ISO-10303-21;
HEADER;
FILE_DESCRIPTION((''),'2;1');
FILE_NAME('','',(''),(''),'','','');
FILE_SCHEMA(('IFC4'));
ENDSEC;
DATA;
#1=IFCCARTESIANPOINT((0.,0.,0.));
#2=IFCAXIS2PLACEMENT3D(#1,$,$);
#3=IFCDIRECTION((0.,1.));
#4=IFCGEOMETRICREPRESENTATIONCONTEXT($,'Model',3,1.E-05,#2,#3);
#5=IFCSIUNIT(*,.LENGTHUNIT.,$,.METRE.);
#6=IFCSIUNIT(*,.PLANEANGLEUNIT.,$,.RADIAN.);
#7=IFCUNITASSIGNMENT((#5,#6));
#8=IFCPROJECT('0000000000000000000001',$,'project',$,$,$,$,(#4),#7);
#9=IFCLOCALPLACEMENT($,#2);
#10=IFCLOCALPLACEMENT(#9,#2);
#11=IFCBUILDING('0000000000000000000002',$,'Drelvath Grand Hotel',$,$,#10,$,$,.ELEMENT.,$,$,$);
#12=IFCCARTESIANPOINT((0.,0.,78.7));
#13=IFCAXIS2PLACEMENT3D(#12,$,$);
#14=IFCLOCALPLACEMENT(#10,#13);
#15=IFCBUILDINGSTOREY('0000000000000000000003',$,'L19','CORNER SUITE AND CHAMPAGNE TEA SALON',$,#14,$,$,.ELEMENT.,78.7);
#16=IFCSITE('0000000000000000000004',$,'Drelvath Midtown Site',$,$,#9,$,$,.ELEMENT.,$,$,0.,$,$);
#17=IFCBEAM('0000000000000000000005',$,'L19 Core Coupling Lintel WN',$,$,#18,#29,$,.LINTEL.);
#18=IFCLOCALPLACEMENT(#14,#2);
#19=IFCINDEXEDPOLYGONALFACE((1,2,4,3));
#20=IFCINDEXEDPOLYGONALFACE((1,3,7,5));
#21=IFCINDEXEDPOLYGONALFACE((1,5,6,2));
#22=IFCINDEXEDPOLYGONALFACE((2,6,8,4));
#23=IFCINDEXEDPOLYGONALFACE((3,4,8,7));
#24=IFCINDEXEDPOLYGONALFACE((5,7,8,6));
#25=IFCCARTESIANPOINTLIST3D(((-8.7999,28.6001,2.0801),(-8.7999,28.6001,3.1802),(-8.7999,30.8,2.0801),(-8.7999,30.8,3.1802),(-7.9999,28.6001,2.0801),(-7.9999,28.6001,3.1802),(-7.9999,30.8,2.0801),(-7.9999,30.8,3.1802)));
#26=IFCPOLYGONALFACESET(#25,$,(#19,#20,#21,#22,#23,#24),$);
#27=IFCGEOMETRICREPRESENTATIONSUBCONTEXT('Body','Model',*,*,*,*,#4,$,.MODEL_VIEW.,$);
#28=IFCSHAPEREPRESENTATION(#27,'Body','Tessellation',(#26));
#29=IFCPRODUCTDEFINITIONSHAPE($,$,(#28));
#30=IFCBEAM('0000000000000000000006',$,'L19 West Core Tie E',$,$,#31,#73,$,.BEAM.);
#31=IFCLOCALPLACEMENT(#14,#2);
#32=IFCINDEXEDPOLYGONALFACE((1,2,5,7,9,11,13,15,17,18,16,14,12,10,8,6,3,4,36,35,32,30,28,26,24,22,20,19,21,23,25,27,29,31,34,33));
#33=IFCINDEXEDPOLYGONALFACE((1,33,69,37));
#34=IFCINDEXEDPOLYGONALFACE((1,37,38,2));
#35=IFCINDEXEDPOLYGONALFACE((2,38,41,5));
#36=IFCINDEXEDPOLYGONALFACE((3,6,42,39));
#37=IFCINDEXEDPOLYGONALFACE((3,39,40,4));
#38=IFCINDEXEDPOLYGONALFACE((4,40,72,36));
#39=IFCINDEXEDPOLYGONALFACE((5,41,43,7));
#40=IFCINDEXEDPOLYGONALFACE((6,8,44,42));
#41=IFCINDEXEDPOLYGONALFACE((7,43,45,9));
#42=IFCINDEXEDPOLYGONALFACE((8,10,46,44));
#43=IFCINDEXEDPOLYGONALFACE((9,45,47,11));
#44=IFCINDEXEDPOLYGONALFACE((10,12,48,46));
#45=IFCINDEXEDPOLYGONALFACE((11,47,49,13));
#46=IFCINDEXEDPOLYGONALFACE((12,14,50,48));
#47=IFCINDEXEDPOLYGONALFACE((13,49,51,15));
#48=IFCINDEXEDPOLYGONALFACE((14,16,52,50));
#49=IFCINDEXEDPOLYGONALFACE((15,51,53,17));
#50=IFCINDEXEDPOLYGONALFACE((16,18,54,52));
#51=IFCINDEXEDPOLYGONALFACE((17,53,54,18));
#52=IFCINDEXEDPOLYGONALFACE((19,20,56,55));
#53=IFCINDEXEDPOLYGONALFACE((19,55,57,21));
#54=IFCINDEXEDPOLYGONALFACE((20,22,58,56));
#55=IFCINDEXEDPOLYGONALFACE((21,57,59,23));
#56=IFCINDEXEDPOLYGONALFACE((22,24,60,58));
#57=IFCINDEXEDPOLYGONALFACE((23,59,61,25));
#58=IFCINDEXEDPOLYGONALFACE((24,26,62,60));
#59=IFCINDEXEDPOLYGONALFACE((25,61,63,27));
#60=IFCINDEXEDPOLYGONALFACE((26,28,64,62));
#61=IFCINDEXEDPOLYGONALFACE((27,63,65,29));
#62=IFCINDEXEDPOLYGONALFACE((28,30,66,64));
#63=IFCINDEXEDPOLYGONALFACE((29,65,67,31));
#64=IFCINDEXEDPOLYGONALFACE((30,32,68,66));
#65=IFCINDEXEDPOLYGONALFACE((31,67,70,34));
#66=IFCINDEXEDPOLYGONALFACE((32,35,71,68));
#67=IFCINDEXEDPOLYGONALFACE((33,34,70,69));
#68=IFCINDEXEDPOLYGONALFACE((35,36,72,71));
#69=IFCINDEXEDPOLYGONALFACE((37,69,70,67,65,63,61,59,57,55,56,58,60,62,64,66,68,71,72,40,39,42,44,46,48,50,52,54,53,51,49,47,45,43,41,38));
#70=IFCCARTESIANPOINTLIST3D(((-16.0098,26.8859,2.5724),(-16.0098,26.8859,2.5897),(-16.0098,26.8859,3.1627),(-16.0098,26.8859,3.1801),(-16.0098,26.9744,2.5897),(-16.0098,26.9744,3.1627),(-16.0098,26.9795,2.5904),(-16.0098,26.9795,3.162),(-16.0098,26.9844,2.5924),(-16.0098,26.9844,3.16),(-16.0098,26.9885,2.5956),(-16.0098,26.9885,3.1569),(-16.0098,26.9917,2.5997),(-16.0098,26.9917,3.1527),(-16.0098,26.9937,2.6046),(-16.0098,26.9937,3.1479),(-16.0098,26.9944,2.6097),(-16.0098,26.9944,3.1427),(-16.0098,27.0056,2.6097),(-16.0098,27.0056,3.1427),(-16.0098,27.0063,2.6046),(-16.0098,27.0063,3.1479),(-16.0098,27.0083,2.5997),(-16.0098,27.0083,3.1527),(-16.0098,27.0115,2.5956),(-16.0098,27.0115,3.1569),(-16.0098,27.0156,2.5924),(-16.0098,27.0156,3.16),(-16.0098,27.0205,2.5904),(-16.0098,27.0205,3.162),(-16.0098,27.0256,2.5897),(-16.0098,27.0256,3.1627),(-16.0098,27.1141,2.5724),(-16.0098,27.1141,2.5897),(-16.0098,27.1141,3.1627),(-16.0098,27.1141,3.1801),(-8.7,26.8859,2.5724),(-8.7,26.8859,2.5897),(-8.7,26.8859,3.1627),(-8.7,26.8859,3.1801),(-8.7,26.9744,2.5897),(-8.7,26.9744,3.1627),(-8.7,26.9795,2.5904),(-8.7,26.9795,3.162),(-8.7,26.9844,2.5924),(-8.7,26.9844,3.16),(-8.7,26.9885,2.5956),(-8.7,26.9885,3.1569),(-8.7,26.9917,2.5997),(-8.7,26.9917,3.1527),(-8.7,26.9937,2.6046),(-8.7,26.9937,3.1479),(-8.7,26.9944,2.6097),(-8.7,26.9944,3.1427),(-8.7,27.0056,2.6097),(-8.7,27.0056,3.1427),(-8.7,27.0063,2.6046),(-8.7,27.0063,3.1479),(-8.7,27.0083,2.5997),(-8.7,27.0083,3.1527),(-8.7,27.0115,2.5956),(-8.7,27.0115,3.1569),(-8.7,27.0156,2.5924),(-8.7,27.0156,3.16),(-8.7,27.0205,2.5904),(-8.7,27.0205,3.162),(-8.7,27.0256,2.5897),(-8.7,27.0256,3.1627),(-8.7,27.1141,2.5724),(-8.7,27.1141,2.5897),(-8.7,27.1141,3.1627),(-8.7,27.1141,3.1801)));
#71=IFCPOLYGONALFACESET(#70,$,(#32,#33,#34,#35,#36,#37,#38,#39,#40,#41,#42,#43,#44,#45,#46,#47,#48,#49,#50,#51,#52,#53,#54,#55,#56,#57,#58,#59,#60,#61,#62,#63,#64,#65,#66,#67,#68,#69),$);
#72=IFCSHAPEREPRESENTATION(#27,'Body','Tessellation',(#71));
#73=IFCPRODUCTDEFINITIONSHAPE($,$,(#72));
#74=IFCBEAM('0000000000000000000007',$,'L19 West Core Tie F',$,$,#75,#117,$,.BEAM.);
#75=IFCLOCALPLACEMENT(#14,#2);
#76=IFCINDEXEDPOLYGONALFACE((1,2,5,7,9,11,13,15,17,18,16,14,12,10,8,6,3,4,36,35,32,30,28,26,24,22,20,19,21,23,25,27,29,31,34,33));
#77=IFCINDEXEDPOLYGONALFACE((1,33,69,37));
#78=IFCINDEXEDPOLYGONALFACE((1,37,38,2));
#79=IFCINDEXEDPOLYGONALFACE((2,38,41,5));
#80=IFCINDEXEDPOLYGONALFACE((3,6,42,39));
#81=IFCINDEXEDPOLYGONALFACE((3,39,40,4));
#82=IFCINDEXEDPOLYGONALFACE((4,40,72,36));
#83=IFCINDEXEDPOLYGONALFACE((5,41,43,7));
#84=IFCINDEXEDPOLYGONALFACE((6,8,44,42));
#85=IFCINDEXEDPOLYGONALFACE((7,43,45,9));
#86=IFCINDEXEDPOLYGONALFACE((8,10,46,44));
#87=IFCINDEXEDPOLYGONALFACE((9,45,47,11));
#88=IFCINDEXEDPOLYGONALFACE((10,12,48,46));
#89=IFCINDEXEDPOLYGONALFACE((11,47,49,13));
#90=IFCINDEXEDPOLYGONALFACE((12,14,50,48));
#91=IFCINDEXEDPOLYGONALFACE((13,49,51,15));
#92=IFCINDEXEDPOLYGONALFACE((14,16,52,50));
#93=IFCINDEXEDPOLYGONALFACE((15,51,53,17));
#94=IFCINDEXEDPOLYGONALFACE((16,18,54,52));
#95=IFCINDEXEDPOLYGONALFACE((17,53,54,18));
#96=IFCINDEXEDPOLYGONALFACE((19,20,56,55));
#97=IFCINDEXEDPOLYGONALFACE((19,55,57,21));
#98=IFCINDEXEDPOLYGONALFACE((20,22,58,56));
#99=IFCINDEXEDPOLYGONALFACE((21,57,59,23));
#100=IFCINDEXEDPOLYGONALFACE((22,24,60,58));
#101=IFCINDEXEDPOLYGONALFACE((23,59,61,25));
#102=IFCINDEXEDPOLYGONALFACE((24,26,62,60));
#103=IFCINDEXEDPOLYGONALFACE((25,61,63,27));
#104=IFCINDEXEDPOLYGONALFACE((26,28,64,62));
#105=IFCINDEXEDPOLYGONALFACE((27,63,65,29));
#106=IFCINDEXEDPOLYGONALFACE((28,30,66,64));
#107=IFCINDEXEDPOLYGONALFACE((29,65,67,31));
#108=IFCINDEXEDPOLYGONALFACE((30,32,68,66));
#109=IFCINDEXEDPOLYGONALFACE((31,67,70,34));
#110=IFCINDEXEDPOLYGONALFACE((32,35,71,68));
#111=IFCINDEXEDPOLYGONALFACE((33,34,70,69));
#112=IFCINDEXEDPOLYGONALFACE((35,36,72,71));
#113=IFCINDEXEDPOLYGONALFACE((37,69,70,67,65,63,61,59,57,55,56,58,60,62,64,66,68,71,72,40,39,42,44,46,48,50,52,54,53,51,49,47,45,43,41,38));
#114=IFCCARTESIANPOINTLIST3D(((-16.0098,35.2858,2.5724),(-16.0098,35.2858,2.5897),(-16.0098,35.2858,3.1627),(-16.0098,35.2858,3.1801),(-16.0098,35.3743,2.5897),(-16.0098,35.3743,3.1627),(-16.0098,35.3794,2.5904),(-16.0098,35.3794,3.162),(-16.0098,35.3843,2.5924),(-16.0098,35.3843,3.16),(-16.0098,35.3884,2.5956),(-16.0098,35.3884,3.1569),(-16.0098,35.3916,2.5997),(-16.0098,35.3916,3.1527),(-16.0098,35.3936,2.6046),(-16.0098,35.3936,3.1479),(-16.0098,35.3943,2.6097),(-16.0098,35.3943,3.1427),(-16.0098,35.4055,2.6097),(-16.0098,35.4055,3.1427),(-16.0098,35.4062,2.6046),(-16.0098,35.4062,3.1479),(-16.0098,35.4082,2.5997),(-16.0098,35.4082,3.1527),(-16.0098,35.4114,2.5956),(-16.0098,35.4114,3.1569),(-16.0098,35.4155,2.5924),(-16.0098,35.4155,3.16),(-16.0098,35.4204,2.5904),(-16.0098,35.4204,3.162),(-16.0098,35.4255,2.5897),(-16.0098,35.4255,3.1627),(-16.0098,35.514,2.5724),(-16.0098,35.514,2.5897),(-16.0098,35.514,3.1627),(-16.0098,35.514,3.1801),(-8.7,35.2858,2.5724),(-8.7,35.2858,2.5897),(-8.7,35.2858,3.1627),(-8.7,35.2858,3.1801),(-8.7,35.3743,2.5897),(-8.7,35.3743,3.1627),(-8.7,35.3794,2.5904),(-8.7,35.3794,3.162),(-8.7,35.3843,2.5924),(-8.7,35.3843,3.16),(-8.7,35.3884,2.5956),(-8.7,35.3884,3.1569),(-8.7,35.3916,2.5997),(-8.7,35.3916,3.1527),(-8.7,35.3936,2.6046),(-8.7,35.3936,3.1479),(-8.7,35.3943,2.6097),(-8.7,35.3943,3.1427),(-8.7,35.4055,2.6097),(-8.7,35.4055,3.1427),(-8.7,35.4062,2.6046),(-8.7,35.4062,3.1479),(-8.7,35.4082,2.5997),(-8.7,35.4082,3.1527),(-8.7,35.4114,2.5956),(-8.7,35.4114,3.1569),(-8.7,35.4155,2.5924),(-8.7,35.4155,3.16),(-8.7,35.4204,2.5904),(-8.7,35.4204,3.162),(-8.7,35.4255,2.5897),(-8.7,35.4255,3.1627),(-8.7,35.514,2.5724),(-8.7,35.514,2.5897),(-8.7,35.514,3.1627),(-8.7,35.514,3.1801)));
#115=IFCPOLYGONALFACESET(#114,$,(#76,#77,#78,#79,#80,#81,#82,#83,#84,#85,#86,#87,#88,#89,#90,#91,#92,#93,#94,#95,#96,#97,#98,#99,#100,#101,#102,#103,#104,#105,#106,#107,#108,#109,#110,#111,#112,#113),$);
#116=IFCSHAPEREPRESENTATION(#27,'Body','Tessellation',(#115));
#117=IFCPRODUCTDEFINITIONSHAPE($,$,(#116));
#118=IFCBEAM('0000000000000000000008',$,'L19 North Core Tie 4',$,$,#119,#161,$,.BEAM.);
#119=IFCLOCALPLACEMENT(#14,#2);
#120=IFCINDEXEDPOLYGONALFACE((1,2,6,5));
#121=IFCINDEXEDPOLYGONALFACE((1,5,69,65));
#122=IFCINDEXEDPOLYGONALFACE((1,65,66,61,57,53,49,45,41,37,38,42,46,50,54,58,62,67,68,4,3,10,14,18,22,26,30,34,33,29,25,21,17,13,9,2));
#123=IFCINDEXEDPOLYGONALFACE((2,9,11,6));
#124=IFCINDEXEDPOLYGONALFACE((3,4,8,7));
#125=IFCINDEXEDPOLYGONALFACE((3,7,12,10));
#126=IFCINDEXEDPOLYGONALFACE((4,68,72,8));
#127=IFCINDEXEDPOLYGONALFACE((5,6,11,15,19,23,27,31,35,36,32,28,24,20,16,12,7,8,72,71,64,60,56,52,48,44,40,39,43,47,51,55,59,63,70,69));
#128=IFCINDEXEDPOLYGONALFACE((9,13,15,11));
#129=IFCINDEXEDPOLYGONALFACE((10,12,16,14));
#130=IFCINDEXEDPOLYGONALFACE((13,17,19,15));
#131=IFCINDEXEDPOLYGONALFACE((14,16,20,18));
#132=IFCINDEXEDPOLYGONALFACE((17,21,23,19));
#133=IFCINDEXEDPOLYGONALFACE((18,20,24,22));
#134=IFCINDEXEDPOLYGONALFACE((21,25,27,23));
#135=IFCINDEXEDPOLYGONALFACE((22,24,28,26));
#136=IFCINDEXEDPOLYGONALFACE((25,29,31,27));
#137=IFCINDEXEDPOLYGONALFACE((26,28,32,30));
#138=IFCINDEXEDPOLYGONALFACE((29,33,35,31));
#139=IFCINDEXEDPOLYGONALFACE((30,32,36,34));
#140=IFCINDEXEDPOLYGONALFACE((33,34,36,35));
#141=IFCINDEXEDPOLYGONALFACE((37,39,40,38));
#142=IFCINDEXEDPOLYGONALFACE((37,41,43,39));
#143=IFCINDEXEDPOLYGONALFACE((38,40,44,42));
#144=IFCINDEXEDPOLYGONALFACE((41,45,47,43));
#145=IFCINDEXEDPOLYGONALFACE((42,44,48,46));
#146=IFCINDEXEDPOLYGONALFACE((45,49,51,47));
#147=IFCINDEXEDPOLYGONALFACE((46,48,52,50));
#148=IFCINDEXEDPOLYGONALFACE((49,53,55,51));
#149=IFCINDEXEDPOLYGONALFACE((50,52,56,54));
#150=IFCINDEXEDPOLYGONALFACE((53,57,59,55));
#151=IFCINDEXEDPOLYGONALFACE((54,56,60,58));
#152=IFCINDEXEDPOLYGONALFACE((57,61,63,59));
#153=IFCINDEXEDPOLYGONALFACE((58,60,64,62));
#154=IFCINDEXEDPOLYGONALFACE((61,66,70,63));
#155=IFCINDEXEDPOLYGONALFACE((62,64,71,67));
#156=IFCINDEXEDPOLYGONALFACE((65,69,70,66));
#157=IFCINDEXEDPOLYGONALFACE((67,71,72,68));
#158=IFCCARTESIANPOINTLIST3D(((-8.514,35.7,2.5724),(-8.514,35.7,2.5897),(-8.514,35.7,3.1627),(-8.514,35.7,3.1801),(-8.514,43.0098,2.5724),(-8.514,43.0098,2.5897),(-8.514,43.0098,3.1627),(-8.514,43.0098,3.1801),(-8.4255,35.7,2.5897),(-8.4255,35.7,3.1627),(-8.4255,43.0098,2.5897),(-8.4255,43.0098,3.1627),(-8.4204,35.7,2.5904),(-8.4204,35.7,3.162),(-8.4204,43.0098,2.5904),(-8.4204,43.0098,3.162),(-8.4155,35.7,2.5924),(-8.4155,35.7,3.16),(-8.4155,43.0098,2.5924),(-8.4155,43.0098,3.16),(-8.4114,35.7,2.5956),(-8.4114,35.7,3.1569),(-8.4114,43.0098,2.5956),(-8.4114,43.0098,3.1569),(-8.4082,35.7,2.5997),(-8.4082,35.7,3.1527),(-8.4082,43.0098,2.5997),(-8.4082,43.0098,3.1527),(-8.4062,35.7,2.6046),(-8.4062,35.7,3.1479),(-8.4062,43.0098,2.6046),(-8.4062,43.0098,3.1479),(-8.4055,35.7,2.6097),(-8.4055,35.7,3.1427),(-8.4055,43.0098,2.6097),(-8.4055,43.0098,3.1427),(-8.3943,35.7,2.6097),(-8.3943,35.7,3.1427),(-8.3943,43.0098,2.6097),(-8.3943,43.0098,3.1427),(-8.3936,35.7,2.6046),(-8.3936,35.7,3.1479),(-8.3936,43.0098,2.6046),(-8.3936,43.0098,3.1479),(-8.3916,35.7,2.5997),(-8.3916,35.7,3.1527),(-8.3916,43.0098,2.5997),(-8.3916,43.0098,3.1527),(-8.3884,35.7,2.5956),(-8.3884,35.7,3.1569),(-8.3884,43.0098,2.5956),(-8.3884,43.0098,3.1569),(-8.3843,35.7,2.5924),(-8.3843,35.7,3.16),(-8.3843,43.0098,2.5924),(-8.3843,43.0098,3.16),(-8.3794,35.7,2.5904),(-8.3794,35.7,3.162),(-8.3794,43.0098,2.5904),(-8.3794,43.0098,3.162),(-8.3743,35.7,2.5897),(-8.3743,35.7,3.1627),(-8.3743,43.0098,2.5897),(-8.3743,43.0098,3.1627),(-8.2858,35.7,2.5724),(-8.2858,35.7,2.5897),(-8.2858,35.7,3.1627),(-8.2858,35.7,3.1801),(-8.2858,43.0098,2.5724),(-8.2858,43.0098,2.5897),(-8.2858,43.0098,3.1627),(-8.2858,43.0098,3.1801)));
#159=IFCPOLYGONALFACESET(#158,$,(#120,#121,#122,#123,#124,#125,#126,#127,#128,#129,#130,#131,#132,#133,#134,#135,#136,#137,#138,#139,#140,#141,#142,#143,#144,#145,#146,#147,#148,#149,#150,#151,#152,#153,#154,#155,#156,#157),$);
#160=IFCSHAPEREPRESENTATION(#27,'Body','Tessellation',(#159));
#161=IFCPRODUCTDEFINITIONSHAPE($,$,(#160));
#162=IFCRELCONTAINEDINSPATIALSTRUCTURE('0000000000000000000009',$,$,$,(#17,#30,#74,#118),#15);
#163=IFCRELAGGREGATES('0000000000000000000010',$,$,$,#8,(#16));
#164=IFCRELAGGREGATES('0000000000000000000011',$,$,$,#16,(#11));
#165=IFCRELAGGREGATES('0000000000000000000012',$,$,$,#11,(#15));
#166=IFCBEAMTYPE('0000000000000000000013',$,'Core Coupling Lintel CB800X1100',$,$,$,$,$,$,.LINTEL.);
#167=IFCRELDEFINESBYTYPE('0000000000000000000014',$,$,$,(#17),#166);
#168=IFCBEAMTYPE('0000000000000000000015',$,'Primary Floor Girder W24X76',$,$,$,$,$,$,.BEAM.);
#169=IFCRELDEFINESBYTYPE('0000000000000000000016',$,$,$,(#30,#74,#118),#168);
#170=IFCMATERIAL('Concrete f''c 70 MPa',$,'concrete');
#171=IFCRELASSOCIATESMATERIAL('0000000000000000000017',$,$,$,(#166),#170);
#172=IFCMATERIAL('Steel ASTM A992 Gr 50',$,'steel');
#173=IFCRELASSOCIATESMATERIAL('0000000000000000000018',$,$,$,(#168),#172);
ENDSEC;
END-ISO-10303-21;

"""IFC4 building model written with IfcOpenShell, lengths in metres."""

from ifc_helpers import new_model, si_unit, direction, frame, origin, origin_2d, place, context, subcontext, project, spatial, rectangle, i_section, extrude, material, material_profile, profile_set, type_object, element, save


model = new_model("IFC4")

# Units and contexts
model_context = context("Model", 3, precision=1e-05, world=origin(), true_north=direction((0.0, 1.0)))
body_context = subcontext(model_context, "Body", "Model", "MODEL_VIEW")
ifc_project = project(units=[si_unit("LENGTHUNIT", "METRE"), si_unit("PLANEANGLEUNIT", "RADIAN")], contexts=[model_context])

# Site, building, storey
site_placement = place(None, origin())
site = spatial("IfcSite", under=ifc_project, at=site_placement, Name="Drelvath Midtown Site", CompositionType="ELEMENT", RefElevation=0.0)
building_placement = place(site_placement, origin())
building = spatial("IfcBuilding", under=site, at=building_placement, Name="Drelvath Grand Hotel", CompositionType="ELEMENT")
storey_placement = place(building_placement, frame((0.0, 0.0, 78.7)))
storey = spatial("IfcBuildingStorey", under=building, at=storey_placement, Name="L19", Description="CORNER SUITE AND CHAMPAGNE TEA SALON", CompositionType="ELEMENT", Elevation=78.7)

# Beams
ifc_material_1 = material(Name="Concrete f'c 70 MPa", Category="concrete")
ifc_material_profile_1 = material_profile(ifc_material_1, rectangle(XDim=0.8, YDim=1.1001, at=origin_2d()), Name="CB800X1100")
ifc_profile_set_1 = profile_set([ifc_material_profile_1], Name="Concrete f'c 70 MPa")
beam_type_1 = type_object("IfcBeamType", Name="Core Coupling Lintel CB800X1100", PredefinedType="LINTEL", material=ifc_profile_set_1)
beam_placement = place(storey_placement, frame((-8.3999, 28.6001, 2.6301), z_axis=(0.0, 1.0, 0.0), x_axis=(-1.0, 0.0, 0.0)))
element("IfcBeam", 1, at=beam_placement, inside=storey, type_object=beam_type_1, Name="L19 Core Coupling Lintel WN", PredefinedType="LINTEL", context=body_context, shape_type="SweptSolid", body=[
    extrude(rectangle(XDim=0.8, YDim=1.1001, at=origin_2d()), origin(), (0.0, 0.0, 1.0), 2.2),
])
ifc_material_2 = material(Name="Steel ASTM A992 Gr 50", Category="steel")
ifc_material_profile_2 = material_profile(ifc_material_2, i_section(OverallWidth=0.2283, OverallDepth=0.6077, WebThickness=0.0112, FlangeThickness=0.0173, FilletRadius=0.02, at=origin_2d()), Name="W24X76")
ifc_profile_set_2 = profile_set([ifc_material_profile_2], Name="Steel ASTM A992 Gr 50")
beam_type_2 = type_object("IfcBeamType", Name="Primary Floor Girder W24X76", PredefinedType="BEAM", material=ifc_profile_set_2)
for number, where, z_axis, x_axis, name in (
    (2, (-16.0098, 27.0, 2.8762), (1.0, 0.0, 0.0), (0.0, 1.0, 0.0), "L19 West Core Tie E"),
    (3, (-16.0098, 35.3999, 2.8762), (1.0, 0.0, 0.0), (0.0, 1.0, 0.0), "L19 West Core Tie F"),
    (4, (-8.3999, 35.7, 2.8762), (0.0, 1.0, 0.0), (-1.0, 0.0, 0.0), "L19 North Core Tie 4"),
):
    element("IfcBeam", number, at=place(storey_placement, frame(where, z_axis=z_axis, x_axis=x_axis)), inside=storey, type_object=beam_type_2, Name=name, PredefinedType="BEAM", context=body_context, shape_type="SweptSolid", body=[
        extrude(i_section(OverallWidth=0.2283, OverallDepth=0.6077, WebThickness=0.0112, FlangeThickness=0.0173, FilletRadius=0.02, at=origin_2d()), origin(), (0.0, 0.0, 1.0), 7.3098),
    ])

save(model, "model.ifc")
